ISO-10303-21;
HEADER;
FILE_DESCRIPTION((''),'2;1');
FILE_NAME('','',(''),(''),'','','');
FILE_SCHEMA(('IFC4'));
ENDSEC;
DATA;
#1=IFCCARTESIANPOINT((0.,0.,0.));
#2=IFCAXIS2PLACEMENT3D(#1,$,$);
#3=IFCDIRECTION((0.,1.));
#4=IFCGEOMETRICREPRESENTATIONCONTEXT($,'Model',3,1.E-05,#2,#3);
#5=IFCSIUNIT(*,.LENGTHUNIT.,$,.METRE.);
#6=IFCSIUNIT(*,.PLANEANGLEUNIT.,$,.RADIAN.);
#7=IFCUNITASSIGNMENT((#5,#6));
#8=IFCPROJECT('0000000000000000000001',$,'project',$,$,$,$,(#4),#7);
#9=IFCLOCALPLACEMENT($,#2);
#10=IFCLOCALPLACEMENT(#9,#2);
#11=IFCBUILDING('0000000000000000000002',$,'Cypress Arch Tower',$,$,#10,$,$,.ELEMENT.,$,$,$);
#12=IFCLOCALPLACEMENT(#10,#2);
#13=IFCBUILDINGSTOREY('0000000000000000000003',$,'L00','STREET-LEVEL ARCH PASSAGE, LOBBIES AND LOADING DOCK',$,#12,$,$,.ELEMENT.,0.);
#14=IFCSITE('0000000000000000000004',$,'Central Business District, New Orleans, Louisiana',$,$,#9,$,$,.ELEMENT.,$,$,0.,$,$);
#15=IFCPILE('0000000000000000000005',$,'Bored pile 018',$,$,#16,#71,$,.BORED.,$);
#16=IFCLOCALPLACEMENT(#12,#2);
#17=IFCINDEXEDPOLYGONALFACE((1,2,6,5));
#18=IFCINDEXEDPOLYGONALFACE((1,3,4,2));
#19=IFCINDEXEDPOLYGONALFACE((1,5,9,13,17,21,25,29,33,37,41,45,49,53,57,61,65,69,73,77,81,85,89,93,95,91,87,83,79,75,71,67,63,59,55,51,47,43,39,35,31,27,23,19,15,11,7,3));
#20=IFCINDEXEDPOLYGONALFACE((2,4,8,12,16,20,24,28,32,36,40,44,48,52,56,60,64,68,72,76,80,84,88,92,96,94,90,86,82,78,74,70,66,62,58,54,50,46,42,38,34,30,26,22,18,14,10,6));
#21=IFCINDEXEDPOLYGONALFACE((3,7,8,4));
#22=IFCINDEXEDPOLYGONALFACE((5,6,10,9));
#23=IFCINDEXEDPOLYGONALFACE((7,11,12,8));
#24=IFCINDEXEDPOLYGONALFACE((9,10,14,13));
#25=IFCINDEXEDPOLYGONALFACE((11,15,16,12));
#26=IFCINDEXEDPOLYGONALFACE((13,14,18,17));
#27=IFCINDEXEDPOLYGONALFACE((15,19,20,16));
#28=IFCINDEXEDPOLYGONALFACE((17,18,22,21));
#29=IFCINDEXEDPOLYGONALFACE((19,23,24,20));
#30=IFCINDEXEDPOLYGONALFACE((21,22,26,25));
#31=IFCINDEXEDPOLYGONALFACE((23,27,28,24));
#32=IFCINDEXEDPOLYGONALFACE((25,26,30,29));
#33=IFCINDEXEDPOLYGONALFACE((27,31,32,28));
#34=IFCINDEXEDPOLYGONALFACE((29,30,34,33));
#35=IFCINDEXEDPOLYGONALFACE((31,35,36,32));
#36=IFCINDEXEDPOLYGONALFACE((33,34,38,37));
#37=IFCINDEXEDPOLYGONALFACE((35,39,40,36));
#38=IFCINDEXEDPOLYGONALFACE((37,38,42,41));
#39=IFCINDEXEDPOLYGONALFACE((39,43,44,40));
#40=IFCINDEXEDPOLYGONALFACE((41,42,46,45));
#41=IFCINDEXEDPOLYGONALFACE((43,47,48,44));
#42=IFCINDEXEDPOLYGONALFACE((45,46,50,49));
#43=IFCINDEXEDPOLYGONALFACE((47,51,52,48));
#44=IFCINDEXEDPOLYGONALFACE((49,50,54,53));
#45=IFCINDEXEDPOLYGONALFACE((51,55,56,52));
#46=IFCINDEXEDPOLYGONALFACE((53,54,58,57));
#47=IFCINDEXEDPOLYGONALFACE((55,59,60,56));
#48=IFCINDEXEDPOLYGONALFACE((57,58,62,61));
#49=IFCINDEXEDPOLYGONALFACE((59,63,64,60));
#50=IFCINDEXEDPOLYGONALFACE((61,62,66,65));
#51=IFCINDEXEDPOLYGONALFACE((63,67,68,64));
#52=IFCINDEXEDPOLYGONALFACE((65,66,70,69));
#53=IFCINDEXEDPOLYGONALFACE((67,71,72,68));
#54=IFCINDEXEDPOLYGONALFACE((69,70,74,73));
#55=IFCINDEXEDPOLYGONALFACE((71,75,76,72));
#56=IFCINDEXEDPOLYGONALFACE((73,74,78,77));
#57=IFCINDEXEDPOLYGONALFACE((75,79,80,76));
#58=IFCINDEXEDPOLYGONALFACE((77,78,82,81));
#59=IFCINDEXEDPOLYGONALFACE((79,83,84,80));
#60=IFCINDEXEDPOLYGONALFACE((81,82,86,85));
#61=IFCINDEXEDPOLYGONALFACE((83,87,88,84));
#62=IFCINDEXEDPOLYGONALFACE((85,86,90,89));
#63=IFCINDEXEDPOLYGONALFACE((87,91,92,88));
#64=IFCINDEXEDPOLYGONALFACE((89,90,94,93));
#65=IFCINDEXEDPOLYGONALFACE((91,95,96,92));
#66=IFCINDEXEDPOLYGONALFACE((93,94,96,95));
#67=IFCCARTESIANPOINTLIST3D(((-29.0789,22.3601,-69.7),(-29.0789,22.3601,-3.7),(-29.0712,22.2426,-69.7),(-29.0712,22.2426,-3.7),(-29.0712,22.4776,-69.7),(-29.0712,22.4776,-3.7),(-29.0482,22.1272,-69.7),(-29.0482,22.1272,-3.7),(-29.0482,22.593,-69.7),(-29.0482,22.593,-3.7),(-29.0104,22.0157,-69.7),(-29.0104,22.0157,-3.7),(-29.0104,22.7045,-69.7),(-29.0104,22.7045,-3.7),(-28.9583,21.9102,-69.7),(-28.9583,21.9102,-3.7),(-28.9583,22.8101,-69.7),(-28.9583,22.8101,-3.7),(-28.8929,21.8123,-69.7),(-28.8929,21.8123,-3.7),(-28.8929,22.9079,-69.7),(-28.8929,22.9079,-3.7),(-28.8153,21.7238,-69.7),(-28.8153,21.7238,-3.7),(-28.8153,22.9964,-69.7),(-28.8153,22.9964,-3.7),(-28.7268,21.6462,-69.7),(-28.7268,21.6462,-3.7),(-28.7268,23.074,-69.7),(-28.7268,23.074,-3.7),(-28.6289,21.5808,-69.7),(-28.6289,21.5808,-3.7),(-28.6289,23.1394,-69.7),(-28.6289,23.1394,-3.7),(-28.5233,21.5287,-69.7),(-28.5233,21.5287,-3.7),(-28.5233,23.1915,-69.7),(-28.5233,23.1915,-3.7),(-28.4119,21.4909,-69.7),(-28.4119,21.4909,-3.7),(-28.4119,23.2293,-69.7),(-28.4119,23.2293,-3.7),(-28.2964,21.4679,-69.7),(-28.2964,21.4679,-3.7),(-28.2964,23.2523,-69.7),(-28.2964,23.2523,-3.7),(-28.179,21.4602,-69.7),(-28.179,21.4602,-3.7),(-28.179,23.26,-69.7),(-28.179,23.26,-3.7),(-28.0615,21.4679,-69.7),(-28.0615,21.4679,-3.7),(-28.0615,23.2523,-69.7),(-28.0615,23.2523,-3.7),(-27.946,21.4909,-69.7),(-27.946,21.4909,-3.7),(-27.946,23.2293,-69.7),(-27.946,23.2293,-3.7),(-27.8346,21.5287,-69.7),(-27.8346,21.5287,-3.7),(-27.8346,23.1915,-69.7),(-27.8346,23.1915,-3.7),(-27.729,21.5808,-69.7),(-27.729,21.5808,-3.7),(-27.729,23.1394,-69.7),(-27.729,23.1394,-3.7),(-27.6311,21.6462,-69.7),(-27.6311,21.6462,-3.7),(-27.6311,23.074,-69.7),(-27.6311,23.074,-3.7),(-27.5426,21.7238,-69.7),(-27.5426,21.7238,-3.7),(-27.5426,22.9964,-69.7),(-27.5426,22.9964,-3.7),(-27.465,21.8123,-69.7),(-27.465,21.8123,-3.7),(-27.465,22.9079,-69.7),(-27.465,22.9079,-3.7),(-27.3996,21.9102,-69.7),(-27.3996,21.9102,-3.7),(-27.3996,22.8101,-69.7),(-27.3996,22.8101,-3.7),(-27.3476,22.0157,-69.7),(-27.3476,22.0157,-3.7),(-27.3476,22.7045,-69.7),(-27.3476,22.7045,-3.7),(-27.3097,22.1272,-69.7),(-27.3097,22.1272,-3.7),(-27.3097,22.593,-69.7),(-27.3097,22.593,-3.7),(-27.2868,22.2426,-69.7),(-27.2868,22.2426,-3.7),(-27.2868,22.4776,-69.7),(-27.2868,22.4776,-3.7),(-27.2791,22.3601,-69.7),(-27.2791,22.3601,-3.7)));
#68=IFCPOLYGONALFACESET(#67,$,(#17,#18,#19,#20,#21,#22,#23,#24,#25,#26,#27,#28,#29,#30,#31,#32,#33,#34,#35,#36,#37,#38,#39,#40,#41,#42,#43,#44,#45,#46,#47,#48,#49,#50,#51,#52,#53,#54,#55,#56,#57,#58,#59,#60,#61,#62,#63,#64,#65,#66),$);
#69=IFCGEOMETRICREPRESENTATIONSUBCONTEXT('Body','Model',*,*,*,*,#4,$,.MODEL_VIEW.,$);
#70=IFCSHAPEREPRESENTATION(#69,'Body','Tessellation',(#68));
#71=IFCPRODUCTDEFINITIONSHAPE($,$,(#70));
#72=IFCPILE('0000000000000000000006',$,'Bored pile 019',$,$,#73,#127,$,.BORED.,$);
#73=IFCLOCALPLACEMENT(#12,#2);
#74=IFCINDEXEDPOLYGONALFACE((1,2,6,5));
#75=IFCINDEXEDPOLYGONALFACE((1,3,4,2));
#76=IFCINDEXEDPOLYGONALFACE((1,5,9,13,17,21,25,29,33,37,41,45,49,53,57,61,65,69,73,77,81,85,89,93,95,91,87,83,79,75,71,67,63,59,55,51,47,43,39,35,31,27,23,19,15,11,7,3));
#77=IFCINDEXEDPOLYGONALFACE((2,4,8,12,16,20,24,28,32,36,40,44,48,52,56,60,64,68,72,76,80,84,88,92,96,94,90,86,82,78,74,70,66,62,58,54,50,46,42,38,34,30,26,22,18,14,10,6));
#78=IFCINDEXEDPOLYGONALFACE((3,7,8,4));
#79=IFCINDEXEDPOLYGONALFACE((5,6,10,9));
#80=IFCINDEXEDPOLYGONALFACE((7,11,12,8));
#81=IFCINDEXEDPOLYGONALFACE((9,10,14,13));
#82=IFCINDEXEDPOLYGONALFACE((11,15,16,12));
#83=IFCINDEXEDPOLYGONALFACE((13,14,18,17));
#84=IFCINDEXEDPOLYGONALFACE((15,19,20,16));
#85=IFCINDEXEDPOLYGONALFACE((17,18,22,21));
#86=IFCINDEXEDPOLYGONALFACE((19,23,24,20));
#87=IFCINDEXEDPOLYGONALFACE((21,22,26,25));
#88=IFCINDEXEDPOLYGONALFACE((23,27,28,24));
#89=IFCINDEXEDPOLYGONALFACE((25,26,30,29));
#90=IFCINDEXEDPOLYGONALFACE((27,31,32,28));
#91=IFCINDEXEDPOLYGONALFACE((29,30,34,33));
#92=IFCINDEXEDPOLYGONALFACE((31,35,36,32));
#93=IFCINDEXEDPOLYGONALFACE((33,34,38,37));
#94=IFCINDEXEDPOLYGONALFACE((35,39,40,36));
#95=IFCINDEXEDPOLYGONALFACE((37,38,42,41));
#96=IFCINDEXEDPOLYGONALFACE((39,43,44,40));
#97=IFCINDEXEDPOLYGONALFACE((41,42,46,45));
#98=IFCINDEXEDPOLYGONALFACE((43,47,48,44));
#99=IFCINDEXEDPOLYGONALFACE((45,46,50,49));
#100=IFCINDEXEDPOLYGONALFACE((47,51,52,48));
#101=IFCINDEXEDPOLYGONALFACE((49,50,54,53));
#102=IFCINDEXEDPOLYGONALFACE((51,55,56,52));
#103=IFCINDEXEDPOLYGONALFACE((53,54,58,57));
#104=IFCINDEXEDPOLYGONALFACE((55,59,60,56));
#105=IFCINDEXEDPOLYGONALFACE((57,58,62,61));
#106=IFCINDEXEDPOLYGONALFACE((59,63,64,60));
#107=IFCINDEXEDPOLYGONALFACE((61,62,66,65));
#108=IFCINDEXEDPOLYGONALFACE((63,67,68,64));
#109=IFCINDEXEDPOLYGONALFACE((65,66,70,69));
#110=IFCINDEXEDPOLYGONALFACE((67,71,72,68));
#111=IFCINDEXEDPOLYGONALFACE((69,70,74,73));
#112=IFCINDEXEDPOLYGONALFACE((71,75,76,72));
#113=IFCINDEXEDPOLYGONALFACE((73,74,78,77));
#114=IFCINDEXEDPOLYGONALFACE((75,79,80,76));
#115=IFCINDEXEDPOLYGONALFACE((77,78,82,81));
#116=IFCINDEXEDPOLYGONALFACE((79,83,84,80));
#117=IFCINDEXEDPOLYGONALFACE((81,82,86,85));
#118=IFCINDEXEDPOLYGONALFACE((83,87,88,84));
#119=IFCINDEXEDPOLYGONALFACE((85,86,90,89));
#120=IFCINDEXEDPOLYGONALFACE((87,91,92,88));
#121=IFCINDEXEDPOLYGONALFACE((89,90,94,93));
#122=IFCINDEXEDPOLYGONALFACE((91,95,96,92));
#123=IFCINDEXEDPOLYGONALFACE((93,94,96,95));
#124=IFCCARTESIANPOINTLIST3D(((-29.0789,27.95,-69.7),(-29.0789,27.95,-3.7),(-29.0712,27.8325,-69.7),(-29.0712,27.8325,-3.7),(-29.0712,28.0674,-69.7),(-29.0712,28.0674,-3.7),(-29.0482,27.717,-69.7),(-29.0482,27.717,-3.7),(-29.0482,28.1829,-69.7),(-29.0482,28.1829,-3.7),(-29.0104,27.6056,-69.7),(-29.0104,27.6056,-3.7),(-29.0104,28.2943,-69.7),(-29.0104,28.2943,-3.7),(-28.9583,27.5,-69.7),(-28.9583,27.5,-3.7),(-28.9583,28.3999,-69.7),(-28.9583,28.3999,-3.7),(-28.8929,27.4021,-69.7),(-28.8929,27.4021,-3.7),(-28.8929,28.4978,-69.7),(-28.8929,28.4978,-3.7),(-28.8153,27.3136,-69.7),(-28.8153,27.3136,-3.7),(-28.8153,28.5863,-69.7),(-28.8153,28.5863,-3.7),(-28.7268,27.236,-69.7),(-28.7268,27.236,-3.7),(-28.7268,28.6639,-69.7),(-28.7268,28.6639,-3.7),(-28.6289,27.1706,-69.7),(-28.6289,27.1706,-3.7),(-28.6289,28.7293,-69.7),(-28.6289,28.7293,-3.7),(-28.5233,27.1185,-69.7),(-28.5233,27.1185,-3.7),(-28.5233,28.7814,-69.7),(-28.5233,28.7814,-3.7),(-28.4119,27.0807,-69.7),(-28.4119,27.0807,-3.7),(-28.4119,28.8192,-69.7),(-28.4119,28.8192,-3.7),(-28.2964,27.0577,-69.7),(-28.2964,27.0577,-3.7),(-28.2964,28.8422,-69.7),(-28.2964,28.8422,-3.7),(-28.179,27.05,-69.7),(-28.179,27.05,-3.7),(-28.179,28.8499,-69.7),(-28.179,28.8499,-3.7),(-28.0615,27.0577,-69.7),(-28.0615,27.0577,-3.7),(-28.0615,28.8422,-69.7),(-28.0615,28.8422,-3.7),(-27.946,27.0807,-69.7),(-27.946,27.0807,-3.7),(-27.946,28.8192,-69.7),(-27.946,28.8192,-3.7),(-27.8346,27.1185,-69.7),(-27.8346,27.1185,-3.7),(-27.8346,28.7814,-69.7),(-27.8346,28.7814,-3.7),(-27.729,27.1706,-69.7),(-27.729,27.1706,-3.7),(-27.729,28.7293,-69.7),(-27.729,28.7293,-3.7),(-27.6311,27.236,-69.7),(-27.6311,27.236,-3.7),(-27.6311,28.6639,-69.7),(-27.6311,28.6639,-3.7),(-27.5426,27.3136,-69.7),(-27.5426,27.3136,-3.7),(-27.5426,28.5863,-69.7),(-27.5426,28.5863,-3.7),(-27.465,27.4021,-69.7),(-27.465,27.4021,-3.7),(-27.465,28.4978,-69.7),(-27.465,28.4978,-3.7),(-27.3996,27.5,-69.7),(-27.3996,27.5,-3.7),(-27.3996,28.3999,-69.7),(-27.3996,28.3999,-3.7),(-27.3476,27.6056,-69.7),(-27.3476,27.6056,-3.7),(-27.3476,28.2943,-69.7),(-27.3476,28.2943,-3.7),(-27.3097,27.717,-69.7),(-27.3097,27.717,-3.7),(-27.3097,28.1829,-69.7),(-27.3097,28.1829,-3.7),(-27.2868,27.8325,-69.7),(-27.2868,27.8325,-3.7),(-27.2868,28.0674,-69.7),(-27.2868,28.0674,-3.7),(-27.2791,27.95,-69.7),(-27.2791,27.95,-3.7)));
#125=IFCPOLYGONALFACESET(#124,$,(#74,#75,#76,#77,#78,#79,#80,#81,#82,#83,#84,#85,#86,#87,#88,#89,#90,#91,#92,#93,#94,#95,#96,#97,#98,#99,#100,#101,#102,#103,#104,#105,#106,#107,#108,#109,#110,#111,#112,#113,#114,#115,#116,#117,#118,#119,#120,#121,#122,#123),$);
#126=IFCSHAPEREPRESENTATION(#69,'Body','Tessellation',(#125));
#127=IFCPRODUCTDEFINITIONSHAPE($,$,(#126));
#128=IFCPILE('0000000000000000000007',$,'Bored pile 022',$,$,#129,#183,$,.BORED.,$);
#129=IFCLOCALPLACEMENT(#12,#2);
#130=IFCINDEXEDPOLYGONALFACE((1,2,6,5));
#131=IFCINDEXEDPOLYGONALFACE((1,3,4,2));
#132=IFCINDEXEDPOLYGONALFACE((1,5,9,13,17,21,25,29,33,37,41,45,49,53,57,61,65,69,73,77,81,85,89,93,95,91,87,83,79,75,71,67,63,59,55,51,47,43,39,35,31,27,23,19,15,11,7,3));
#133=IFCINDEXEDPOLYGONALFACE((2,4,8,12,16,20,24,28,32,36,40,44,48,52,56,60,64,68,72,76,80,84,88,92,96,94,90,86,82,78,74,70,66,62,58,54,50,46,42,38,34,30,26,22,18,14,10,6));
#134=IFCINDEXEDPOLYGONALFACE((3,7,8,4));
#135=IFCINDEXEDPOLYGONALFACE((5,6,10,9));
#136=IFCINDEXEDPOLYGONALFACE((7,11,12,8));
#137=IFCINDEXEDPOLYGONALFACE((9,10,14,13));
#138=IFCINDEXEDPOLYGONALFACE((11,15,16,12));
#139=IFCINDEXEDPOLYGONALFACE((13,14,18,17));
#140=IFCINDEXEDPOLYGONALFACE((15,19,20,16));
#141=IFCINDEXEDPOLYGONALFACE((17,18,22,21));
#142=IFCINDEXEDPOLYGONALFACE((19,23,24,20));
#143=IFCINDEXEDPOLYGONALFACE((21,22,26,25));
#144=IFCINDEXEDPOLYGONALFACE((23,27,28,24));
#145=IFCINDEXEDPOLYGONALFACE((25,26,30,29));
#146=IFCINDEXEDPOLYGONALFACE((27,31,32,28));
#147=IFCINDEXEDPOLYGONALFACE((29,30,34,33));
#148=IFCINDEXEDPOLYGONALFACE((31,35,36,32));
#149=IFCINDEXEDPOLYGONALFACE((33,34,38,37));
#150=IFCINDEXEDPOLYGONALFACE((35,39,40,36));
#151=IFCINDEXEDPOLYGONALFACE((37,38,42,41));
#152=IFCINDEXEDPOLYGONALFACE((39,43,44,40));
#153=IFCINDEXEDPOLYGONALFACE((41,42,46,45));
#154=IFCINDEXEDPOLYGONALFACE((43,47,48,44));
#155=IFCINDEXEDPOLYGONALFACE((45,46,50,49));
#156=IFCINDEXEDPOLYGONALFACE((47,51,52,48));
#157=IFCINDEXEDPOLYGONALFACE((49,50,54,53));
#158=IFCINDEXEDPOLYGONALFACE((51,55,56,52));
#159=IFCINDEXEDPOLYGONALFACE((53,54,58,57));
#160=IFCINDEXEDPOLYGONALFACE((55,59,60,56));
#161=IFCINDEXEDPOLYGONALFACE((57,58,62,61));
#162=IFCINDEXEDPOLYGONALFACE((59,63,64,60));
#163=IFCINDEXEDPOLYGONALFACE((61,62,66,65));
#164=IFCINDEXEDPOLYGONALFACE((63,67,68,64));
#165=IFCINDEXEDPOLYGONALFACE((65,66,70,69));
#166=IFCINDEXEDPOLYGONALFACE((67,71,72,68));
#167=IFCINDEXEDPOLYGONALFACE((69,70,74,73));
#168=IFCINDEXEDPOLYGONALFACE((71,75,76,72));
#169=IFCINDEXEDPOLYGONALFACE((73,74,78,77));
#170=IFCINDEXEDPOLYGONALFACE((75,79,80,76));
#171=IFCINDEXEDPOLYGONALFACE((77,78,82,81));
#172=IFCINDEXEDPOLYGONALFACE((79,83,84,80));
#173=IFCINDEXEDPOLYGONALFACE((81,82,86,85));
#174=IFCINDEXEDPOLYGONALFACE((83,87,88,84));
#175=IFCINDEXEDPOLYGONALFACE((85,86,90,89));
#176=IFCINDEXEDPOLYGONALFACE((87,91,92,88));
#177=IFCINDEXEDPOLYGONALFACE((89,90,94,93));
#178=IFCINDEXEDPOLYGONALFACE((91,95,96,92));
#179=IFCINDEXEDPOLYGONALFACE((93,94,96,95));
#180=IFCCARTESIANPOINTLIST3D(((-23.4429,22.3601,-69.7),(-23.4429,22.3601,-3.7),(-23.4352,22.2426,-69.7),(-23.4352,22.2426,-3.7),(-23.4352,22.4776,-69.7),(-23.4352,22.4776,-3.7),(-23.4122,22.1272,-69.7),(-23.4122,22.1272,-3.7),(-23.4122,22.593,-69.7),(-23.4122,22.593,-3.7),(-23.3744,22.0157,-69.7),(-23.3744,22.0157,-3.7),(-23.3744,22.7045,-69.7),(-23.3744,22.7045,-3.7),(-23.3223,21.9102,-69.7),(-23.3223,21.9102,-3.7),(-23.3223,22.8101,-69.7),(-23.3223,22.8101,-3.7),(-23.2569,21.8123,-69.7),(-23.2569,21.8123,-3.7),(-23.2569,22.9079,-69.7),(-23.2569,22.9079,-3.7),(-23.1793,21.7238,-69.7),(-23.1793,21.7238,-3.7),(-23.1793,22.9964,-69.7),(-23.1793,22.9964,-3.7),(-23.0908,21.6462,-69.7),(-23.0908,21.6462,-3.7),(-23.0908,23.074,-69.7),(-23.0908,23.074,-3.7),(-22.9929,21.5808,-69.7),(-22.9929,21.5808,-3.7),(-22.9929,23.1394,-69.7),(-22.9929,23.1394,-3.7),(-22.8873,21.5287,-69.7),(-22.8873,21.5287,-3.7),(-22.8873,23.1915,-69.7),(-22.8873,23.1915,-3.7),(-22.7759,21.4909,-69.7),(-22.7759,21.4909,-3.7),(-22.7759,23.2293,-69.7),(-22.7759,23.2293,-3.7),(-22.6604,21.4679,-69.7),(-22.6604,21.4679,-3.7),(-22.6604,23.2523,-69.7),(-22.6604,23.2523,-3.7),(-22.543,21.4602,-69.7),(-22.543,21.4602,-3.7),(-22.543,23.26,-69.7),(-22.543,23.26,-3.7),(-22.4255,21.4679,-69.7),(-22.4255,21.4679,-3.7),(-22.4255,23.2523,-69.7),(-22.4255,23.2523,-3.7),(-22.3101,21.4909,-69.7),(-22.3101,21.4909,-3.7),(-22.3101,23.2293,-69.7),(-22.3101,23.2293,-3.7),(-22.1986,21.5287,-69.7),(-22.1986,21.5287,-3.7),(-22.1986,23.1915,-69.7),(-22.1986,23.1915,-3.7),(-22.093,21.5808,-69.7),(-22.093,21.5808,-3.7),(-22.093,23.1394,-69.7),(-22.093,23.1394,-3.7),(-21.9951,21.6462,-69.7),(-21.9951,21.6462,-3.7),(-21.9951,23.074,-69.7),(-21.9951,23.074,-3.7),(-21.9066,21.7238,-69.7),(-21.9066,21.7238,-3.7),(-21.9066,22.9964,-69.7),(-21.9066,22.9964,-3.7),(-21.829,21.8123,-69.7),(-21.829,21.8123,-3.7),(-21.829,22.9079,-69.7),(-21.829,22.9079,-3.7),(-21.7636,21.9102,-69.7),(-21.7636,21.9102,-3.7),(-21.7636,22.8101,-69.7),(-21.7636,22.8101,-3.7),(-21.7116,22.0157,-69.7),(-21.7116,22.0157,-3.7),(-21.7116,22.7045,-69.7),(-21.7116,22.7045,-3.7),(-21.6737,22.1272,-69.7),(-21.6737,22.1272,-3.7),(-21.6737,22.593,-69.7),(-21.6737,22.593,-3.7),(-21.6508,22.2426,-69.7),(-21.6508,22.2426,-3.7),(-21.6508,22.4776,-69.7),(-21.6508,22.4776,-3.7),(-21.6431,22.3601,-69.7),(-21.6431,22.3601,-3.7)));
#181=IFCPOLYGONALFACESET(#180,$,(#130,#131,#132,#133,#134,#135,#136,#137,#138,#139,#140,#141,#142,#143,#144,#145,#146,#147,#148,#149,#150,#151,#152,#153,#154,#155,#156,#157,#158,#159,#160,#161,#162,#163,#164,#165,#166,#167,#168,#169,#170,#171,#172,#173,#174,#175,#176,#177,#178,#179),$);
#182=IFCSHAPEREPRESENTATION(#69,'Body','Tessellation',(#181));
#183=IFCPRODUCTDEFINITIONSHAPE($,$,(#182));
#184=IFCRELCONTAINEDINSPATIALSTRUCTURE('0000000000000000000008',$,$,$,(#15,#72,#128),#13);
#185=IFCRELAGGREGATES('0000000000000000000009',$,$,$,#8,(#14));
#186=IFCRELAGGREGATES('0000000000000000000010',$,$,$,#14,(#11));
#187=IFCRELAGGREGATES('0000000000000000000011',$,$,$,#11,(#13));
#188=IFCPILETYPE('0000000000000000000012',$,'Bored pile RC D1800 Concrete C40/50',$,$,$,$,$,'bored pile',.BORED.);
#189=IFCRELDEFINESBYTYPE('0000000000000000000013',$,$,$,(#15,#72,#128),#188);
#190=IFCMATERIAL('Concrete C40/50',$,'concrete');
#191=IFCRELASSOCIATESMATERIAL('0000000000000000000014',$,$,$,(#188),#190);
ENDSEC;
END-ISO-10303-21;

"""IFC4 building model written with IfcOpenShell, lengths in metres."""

from ifc_helpers import new_model, si_unit, direction, frame, origin, origin_2d, place, context, subcontext, project, spatial, circle, extrude, material, material_profile, profile_set, type_object, element, save


model = new_model("IFC4")

# Units and contexts
model_context = context("Model", 3, precision=1e-05, world=origin(), true_north=direction((0.0, 1.0)))
body_context = subcontext(model_context, "Body", "Model", "MODEL_VIEW")
ifc_project = project(units=[si_unit("LENGTHUNIT", "METRE"), si_unit("PLANEANGLEUNIT", "RADIAN")], contexts=[model_context])

# Site, building, storey
site_placement = place(None, origin())
site = spatial("IfcSite", under=ifc_project, at=site_placement, Name="Central Business District, New Orleans, Louisiana", CompositionType="ELEMENT", RefElevation=0.0)
building_placement = place(site_placement, origin())
building = spatial("IfcBuilding", under=site, at=building_placement, Name="Cypress Arch Tower", CompositionType="ELEMENT")
storey_placement = place(building_placement, origin())
storey = spatial("IfcBuildingStorey", under=building, at=storey_placement, Name="L00", Description="STREET-LEVEL ARCH PASSAGE, LOBBIES AND LOADING DOCK", CompositionType="ELEMENT", Elevation=0.0)

# Piles
ifc_material_1 = material(Name="Concrete C40/50", Category="concrete")
ifc_material_profile_1 = material_profile(ifc_material_1, circle(Radius=0.8999, at=origin_2d()), Name="RC D1800")
ifc_profile_set_1 = profile_set([ifc_material_profile_1], Name="Concrete C40/50")
pile_type = type_object("IfcPileType", Name="Bored pile RC D1800 Concrete C40/50", ElementType="bored pile", PredefinedType="BORED", material=ifc_profile_set_1)
for number, where, z_axis, x_axis, name in (
    (1, (-28.179, 22.3601, -3.7), (0.0, 0.0, -1.0), (1.0, 0.0, 0.0), "Bored pile 018"),
    (2, (-28.179, 27.95, -3.7), (0.0, 0.0, -1.0), (1.0, 0.0, 0.0), "Bored pile 019"),
    (3, (-22.543, 22.3601, -3.7), (0.0, 0.0, -1.0), (1.0, 0.0, 0.0), "Bored pile 022"),
):
    element("IfcPile", number, at=place(storey_placement, frame(where, z_axis=z_axis, x_axis=x_axis)), inside=storey, type_object=pile_type, Name=name, PredefinedType="BORED", context=body_context, shape_type="SweptSolid", body=[
        extrude(circle(Radius=0.8999, at=origin_2d()), origin(), (0.0, 0.0, 1.0), 66.0),
    ])

save(model, "model.ifc")
